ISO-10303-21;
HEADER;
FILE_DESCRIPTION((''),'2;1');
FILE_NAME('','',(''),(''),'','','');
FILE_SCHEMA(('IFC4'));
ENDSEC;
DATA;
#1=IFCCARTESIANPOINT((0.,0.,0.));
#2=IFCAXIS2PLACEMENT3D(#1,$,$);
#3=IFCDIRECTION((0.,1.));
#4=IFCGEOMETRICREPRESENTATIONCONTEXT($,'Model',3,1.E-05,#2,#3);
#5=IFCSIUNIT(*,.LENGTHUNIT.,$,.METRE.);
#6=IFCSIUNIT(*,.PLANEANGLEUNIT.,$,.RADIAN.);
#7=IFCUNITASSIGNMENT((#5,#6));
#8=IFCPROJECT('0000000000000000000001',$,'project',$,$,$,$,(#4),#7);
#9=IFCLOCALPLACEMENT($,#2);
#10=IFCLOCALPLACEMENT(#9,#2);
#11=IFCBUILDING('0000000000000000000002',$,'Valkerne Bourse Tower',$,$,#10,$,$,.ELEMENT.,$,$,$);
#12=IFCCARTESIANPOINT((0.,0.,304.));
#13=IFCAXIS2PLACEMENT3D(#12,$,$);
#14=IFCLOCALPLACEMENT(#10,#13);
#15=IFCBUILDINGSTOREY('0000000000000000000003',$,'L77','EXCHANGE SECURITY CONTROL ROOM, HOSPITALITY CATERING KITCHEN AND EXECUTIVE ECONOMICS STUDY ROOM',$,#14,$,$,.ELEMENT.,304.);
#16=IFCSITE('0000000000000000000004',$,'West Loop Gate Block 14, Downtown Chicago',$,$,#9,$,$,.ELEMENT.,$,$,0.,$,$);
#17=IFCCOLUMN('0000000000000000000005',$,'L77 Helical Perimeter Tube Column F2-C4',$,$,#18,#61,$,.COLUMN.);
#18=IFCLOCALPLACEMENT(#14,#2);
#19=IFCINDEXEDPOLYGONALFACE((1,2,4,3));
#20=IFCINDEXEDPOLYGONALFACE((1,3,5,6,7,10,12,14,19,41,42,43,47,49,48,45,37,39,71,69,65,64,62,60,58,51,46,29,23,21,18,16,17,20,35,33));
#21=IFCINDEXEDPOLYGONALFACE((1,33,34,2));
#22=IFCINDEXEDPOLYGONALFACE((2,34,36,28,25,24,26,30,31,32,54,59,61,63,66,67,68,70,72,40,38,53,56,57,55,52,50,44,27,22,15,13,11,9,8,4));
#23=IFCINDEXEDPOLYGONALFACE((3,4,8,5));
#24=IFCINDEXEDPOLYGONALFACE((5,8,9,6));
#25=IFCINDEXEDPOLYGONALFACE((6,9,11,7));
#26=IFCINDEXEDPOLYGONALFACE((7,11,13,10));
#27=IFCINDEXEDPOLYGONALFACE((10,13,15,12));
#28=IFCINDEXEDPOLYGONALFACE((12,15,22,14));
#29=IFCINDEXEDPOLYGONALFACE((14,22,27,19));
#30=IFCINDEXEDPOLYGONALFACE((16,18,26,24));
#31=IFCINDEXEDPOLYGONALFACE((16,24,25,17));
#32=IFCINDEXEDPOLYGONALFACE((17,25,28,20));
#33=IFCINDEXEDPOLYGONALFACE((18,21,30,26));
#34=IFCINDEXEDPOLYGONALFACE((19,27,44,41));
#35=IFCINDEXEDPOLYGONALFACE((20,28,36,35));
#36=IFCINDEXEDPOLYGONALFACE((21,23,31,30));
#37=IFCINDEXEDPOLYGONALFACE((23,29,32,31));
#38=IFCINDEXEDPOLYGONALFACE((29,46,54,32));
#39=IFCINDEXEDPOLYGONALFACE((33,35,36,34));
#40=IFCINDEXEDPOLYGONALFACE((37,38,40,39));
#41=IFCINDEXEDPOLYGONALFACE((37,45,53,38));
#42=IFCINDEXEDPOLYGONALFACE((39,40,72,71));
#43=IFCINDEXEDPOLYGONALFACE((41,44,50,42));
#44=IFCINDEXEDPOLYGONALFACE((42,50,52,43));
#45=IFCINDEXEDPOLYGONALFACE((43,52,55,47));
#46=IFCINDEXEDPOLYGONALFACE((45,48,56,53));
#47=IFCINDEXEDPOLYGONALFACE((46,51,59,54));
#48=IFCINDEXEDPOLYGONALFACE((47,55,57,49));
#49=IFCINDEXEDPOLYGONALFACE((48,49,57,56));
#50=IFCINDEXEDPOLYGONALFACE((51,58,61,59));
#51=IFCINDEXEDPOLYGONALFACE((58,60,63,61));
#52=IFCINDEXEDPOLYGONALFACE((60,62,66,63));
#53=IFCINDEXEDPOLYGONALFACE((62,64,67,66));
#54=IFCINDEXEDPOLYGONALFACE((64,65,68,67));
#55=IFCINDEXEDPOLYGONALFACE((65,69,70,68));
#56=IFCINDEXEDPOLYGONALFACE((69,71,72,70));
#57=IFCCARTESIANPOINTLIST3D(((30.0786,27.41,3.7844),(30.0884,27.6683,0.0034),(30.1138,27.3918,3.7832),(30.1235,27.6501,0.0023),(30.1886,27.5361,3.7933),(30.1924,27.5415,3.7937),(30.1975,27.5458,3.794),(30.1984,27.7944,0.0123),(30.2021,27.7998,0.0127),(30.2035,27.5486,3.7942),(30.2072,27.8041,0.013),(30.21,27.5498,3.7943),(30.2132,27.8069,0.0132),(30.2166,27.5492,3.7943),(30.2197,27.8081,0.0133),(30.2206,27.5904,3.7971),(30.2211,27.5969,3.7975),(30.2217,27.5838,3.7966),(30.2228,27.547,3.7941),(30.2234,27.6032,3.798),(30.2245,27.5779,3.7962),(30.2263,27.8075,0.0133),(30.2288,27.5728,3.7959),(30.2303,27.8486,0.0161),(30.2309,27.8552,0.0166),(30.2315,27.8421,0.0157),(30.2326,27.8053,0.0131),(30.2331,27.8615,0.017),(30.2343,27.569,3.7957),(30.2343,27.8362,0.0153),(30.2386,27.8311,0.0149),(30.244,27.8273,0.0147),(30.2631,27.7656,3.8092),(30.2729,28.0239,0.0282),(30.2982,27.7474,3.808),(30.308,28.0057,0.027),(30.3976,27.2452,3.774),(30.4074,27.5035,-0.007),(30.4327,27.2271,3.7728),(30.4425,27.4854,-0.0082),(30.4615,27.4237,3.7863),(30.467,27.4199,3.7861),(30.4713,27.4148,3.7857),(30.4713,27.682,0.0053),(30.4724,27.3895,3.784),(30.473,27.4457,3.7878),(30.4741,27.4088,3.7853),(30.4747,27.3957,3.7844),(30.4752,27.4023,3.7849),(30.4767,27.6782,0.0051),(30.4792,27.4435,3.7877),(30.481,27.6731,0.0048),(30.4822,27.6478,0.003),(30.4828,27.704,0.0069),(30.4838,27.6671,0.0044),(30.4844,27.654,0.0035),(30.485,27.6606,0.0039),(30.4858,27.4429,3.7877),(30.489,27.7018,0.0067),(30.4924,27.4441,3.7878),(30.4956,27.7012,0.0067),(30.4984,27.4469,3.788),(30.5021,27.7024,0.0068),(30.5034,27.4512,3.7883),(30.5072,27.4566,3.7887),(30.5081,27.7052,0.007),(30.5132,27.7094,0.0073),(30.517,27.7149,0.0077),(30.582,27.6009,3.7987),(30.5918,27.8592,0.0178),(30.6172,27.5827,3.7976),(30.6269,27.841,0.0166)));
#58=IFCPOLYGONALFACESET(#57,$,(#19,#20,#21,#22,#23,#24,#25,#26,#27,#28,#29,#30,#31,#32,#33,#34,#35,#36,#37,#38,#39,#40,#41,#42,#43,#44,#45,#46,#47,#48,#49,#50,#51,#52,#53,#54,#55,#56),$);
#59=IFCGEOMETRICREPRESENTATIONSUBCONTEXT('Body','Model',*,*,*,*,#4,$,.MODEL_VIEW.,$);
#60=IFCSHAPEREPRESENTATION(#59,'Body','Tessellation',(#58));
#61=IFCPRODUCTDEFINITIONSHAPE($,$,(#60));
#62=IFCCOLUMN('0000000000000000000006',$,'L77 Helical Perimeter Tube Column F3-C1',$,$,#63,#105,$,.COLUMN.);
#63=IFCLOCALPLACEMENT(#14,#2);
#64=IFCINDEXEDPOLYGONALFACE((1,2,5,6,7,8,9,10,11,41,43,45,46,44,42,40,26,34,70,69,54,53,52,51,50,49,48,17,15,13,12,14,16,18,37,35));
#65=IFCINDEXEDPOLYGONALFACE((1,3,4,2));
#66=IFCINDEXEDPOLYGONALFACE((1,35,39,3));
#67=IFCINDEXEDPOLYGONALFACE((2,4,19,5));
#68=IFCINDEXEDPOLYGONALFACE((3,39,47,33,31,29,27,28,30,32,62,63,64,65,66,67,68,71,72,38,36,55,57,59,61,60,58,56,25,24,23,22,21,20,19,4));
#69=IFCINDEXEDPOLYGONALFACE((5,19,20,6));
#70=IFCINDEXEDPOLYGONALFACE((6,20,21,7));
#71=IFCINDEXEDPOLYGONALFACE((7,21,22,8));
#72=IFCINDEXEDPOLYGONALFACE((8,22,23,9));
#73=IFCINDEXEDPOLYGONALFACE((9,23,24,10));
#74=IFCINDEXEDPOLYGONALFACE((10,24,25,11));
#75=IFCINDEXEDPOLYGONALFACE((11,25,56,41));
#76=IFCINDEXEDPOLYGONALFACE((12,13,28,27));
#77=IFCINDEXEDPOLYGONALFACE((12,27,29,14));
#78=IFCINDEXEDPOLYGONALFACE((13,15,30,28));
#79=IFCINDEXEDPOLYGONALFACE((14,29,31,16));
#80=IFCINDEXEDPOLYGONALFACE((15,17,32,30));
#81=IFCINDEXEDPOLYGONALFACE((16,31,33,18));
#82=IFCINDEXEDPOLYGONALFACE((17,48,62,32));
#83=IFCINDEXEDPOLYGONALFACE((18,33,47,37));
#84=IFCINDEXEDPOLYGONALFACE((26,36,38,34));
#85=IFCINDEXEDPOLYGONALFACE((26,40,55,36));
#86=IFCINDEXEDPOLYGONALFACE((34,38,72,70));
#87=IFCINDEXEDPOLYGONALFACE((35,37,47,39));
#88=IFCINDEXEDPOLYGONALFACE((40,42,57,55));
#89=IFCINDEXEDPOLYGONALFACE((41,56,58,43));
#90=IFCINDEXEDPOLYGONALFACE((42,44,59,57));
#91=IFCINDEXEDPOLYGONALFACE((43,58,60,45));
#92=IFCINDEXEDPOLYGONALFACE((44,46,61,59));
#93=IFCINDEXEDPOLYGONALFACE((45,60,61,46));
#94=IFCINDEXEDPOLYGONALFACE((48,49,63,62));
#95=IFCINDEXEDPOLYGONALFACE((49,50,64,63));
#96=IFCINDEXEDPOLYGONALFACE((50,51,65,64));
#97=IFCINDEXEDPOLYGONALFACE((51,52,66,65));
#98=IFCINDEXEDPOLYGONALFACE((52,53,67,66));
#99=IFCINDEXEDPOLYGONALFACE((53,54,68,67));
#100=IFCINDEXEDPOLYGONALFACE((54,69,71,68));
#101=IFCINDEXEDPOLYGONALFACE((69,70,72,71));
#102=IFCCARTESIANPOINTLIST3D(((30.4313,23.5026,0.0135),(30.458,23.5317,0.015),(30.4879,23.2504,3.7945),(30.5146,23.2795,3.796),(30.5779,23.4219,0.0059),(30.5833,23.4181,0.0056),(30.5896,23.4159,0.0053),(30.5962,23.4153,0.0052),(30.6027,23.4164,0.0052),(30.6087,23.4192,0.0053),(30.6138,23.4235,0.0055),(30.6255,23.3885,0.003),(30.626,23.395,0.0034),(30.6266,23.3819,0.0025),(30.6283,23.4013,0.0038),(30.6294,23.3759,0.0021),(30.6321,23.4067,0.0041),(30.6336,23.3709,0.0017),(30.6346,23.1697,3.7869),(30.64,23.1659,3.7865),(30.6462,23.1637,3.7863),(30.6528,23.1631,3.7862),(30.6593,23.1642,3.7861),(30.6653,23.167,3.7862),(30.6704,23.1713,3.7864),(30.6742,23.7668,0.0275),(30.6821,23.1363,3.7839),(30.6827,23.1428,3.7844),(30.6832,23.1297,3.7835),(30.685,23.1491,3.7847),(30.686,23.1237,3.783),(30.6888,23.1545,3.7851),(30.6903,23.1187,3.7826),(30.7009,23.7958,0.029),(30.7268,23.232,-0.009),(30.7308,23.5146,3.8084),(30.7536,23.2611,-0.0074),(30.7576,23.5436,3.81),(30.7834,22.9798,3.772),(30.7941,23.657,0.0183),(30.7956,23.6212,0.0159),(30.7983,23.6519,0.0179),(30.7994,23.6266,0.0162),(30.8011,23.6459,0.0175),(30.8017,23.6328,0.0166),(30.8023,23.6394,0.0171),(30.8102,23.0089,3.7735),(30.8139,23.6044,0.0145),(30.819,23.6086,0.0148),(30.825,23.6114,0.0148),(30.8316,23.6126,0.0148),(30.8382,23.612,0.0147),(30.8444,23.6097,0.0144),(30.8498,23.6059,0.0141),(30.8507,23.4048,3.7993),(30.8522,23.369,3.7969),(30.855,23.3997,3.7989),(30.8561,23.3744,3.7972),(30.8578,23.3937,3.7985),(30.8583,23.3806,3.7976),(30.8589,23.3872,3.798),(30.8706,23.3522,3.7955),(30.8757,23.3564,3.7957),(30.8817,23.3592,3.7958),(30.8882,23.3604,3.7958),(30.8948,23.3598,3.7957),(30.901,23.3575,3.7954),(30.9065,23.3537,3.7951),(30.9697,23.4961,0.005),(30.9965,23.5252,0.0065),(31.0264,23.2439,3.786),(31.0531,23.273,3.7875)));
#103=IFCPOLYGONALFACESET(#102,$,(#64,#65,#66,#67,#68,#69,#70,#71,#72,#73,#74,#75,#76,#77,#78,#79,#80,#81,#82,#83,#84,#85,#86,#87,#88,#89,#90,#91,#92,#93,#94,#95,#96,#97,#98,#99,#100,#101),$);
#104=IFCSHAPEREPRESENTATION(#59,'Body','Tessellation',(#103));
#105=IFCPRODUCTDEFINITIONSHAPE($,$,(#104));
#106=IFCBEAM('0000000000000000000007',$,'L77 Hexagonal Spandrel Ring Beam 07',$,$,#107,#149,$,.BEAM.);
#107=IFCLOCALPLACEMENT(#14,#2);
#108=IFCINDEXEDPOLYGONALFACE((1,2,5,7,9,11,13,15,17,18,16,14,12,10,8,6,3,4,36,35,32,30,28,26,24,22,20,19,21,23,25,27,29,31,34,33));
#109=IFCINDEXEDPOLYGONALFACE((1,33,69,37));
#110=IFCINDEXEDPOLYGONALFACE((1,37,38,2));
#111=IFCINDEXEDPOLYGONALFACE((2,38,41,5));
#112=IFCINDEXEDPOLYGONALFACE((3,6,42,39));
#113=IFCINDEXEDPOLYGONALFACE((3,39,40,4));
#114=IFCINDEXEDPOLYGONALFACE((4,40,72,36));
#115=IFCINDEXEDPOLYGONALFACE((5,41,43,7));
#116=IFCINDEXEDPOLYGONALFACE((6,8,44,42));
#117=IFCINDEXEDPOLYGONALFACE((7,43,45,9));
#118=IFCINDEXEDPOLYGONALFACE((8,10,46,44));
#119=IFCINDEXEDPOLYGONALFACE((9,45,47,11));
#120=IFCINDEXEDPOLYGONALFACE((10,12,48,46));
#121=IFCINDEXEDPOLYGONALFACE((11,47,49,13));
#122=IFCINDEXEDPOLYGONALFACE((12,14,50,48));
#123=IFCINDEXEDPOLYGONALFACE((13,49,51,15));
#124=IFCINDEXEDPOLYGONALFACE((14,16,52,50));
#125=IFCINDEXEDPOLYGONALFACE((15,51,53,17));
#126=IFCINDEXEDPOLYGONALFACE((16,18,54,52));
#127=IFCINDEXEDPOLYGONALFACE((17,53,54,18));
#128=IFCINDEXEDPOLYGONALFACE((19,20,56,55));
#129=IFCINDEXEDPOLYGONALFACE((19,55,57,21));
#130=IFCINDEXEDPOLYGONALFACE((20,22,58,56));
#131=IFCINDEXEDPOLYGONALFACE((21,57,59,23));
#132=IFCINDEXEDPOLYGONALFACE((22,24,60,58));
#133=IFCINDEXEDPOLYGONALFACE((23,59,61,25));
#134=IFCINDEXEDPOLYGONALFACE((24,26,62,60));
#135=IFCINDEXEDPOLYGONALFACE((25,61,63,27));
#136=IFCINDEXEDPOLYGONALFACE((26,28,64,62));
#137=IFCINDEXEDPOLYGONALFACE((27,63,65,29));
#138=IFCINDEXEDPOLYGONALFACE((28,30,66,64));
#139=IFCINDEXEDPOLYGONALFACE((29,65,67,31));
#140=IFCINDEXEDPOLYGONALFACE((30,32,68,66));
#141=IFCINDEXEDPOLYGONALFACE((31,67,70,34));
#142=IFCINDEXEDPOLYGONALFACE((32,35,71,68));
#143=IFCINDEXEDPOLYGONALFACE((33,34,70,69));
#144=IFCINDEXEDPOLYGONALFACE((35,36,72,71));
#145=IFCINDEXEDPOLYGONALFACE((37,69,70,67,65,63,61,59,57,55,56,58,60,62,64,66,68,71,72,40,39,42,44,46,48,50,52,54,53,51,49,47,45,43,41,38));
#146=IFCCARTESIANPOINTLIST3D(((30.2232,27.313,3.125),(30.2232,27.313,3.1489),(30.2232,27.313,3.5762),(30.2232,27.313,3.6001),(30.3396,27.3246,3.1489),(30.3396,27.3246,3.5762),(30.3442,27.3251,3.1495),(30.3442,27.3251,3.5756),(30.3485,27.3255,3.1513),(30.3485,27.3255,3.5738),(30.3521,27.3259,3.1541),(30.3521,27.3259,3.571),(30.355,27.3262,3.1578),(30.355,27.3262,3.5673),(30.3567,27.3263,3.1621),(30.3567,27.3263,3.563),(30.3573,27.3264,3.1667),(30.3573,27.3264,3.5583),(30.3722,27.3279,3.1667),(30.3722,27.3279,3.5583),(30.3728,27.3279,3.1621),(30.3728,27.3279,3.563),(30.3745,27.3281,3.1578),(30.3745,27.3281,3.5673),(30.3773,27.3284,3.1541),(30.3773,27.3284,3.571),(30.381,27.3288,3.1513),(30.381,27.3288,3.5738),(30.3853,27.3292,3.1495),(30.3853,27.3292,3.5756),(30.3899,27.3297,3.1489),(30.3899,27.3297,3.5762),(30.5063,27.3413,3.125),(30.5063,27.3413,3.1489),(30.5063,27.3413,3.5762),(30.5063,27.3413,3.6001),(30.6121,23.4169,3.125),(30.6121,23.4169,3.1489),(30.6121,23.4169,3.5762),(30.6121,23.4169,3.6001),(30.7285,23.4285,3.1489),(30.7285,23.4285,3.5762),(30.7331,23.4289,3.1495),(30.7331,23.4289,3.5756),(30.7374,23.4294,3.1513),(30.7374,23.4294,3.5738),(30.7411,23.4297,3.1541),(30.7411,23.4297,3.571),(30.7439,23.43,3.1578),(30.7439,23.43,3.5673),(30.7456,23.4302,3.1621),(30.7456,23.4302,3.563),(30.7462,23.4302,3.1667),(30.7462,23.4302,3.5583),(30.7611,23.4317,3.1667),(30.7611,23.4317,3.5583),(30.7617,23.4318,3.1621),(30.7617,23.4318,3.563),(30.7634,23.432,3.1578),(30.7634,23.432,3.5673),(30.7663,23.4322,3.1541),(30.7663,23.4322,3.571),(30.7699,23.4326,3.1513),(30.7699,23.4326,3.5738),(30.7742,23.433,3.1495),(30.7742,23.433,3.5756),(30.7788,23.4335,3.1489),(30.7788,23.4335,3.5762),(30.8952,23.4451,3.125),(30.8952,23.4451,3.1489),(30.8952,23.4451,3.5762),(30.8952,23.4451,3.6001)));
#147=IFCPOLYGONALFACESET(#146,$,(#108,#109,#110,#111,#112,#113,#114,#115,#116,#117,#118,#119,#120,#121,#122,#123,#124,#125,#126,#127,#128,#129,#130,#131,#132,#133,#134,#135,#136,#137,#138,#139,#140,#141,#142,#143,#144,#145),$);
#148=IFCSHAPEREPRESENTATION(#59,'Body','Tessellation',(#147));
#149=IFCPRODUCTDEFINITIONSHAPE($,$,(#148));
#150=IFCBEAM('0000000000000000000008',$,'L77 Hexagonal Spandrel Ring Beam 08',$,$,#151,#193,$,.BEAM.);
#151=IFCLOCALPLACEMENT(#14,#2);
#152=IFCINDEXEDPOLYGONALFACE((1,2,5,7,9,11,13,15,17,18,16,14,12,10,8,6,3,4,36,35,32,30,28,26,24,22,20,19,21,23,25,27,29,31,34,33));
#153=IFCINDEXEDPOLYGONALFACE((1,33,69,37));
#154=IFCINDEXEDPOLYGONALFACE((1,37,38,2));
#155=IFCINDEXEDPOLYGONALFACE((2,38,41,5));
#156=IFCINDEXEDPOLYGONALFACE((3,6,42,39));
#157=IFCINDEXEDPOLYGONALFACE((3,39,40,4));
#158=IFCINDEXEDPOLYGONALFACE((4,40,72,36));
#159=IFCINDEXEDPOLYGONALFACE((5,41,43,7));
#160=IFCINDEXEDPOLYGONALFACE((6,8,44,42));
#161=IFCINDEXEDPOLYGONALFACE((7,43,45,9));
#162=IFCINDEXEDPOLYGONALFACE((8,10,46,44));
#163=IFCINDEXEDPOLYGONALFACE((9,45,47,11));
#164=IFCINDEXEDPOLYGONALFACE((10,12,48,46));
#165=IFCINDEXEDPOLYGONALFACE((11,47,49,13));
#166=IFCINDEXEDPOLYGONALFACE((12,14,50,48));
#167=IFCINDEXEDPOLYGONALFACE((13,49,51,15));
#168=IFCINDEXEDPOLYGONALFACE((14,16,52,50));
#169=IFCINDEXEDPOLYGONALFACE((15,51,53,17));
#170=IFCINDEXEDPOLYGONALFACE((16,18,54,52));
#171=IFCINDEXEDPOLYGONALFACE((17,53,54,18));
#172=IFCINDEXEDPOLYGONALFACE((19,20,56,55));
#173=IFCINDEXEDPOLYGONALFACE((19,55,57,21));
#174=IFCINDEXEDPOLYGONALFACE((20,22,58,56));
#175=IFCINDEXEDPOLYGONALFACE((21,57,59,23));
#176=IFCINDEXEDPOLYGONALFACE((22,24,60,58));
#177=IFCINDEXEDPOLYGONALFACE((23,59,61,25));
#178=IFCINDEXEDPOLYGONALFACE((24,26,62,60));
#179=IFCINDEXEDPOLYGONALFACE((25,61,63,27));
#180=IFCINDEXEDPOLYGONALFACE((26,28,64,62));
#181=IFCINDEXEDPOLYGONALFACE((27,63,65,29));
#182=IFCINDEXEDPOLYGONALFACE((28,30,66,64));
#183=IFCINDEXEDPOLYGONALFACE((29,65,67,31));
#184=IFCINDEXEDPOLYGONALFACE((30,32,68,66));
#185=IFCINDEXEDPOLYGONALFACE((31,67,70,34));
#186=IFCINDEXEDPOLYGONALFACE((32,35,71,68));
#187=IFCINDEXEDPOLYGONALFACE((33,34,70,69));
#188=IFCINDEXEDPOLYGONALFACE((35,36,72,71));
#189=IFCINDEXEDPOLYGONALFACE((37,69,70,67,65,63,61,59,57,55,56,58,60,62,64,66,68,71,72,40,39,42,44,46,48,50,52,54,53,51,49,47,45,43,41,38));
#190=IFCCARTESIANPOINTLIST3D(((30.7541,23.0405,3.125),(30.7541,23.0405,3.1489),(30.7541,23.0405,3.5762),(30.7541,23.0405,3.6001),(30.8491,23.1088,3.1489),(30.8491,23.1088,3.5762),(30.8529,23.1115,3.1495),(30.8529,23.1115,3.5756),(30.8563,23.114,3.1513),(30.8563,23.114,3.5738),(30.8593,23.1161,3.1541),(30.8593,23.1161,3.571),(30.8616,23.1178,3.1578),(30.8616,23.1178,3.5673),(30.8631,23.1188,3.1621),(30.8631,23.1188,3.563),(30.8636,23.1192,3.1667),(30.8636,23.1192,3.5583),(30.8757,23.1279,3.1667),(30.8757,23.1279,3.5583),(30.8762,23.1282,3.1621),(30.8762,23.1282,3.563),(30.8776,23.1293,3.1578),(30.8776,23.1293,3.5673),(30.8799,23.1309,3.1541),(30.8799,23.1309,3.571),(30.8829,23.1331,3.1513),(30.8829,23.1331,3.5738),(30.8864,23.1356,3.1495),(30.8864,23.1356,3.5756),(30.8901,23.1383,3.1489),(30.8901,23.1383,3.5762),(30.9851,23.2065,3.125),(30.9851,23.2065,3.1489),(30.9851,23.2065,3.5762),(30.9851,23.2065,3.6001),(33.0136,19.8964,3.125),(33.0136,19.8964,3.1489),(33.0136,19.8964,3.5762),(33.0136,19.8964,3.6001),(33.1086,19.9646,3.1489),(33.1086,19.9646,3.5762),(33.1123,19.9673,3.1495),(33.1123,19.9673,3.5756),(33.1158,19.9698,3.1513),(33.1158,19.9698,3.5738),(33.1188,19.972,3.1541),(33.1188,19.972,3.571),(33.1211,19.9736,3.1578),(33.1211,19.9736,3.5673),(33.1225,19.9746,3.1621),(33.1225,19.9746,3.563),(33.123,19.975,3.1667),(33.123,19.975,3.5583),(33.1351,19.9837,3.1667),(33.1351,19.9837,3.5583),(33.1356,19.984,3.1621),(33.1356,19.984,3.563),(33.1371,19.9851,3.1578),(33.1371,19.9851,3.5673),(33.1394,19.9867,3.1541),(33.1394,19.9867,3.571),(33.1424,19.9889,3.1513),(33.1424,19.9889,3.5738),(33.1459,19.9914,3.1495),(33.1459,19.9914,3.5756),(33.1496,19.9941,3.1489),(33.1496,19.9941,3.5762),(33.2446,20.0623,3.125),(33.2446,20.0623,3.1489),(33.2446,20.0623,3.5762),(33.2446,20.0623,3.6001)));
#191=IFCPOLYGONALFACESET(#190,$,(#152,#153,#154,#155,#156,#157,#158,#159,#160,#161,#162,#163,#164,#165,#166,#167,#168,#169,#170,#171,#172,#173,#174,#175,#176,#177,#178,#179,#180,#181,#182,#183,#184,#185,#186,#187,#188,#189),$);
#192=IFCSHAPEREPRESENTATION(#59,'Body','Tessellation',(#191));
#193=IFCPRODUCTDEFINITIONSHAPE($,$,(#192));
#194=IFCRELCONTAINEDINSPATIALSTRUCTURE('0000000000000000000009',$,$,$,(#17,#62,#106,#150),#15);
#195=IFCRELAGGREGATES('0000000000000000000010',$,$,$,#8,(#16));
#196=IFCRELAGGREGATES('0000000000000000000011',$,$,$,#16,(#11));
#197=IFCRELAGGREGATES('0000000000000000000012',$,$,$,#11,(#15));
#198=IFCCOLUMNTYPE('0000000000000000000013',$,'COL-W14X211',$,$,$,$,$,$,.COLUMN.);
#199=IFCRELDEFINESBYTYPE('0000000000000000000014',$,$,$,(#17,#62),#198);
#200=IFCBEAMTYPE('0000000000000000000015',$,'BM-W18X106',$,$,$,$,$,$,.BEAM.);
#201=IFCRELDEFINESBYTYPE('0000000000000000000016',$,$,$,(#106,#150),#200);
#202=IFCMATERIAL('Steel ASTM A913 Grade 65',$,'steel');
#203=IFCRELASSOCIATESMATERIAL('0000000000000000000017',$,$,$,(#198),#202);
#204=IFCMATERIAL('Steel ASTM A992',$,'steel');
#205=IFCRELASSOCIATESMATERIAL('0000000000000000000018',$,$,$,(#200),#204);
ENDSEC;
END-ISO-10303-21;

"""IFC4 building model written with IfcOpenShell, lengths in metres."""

from ifc_helpers import new_model, si_unit, direction, frame, origin, origin_2d, place, context, subcontext, project, spatial, i_section, extrude, material, material_profile, profile_set, type_object, element, save


model = new_model("IFC4")

# Units and contexts
model_context = context("Model", 3, precision=1e-05, world=origin(), true_north=direction((0.0, 1.0)))
body_context = subcontext(model_context, "Body", "Model", "MODEL_VIEW")
ifc_project = project(units=[si_unit("LENGTHUNIT", "METRE"), si_unit("PLANEANGLEUNIT", "RADIAN")], contexts=[model_context])

# Site, building, storey
site_placement = place(None, origin())
site = spatial("IfcSite", under=ifc_project, at=site_placement, Name="West Loop Gate Block 14, Downtown Chicago", CompositionType="ELEMENT", RefElevation=0.0)
building_placement = place(site_placement, origin())
building = spatial("IfcBuilding", under=site, at=building_placement, Name="Valkerne Bourse Tower", CompositionType="ELEMENT")
storey_placement = place(building_placement, frame((0.0, 0.0, 304.0)))
storey = spatial("IfcBuildingStorey", under=building, at=storey_placement, Name="L77", Description="EXCHANGE SECURITY CONTROL ROOM, HOSPITALITY CATERING KITCHEN AND EXECUTIVE ECONOMICS STUDY ROOM", CompositionType="ELEMENT", Elevation=304.0)

# Columns
ifc_material_1 = material(Name="Steel ASTM A913 Grade 65", Category="steel")
ifc_material_profile_1 = material_profile(ifc_material_1, i_section(OverallWidth=0.4014, OverallDepth=0.3987, WebThickness=0.0249, FlangeThickness=0.0396, FilletRadius=0.0254, at=origin_2d()), Name="W14X211")
ifc_profile_set_1 = profile_set([ifc_material_profile_1], Name="Steel ASTM A913 Grade 65")
column_type = type_object("IfcColumnType", Name="COL-W14X211", PredefinedType="COLUMN", material=ifc_profile_set_1)
for number, where, z_axis, x_axis, name in (
    (1, (30.3577, 27.7546, 0.01), (-0.002577, -0.068156, 0.997671), (-0.45958, -0.88599, -0.061714), "L77 Helical Perimeter Tube Column F2-C4"),
    (2, (30.7139, 23.5139, 0.01), (0.014945, -0.066546, 0.997671), (0.736362, -0.674266, -0.056005), "L77 Helical Perimeter Tube Column F3-C1"),
):
    element("IfcColumn", number, at=place(storey_placement, frame(where, z_axis=z_axis, x_axis=x_axis)), inside=storey, type_object=column_type, Name=name, PredefinedType="COLUMN", context=body_context, shape_type="SweptSolid", body=[
        extrude(i_section(OverallWidth=0.4014, OverallDepth=0.3987, WebThickness=0.0249, FlangeThickness=0.0396, FilletRadius=0.0254, at=origin_2d()), origin(), (0.0, 0.0, 1.0), 3.7898),
    ])

# Beams
ifc_material_2 = material(Name="Steel ASTM A992", Category="steel")
ifc_material_profile_2 = material_profile(ifc_material_2, i_section(OverallWidth=0.2844, OverallDepth=0.4751, WebThickness=0.0149, FlangeThickness=0.0239, FilletRadius=0.0178, at=origin_2d()), Name="W18X106")
ifc_profile_set_2 = profile_set([ifc_material_profile_2], Name="Steel ASTM A992")
beam_type = type_object("IfcBeamType", Name="BM-W18X106", PredefinedType="BEAM", material=ifc_profile_set_2)
beam_1_placement = place(storey_placement, frame((30.3647, 27.3271, 3.3625), z_axis=(0.099325, -0.995055, 0.0), x_axis=(0.995055, 0.099325, 0.0)))
element("IfcBeam", 3, at=beam_1_placement, inside=storey, type_object=beam_type, Name="L77 Hexagonal Spandrel Ring Beam 07", PredefinedType="BEAM", context=body_context, shape_type="SweptSolid", body=[
    extrude(i_section(OverallWidth=0.2844, OverallDepth=0.4751, WebThickness=0.0149, FlangeThickness=0.0239, FilletRadius=0.0178, at=origin_2d()), origin(), (0.0, 0.0, 1.0), 3.9155),
])
beam_2_placement = place(storey_placement, frame((30.8696, 23.1235, 3.3625), z_axis=(0.583562, -0.812069, 0.0), x_axis=(0.812069, 0.583562, 0.0)))
element("IfcBeam", 4, at=beam_2_placement, inside=storey, type_object=beam_type, Name="L77 Hexagonal Spandrel Ring Beam 08", PredefinedType="BEAM", context=body_context, shape_type="SweptSolid", body=[
    extrude(i_section(OverallWidth=0.2844, OverallDepth=0.4751, WebThickness=0.0149, FlangeThickness=0.0239, FilletRadius=0.0178, at=origin_2d()), origin(), (0.0, 0.0, 1.0), 3.8718),
])

save(model, "model.ifc")
